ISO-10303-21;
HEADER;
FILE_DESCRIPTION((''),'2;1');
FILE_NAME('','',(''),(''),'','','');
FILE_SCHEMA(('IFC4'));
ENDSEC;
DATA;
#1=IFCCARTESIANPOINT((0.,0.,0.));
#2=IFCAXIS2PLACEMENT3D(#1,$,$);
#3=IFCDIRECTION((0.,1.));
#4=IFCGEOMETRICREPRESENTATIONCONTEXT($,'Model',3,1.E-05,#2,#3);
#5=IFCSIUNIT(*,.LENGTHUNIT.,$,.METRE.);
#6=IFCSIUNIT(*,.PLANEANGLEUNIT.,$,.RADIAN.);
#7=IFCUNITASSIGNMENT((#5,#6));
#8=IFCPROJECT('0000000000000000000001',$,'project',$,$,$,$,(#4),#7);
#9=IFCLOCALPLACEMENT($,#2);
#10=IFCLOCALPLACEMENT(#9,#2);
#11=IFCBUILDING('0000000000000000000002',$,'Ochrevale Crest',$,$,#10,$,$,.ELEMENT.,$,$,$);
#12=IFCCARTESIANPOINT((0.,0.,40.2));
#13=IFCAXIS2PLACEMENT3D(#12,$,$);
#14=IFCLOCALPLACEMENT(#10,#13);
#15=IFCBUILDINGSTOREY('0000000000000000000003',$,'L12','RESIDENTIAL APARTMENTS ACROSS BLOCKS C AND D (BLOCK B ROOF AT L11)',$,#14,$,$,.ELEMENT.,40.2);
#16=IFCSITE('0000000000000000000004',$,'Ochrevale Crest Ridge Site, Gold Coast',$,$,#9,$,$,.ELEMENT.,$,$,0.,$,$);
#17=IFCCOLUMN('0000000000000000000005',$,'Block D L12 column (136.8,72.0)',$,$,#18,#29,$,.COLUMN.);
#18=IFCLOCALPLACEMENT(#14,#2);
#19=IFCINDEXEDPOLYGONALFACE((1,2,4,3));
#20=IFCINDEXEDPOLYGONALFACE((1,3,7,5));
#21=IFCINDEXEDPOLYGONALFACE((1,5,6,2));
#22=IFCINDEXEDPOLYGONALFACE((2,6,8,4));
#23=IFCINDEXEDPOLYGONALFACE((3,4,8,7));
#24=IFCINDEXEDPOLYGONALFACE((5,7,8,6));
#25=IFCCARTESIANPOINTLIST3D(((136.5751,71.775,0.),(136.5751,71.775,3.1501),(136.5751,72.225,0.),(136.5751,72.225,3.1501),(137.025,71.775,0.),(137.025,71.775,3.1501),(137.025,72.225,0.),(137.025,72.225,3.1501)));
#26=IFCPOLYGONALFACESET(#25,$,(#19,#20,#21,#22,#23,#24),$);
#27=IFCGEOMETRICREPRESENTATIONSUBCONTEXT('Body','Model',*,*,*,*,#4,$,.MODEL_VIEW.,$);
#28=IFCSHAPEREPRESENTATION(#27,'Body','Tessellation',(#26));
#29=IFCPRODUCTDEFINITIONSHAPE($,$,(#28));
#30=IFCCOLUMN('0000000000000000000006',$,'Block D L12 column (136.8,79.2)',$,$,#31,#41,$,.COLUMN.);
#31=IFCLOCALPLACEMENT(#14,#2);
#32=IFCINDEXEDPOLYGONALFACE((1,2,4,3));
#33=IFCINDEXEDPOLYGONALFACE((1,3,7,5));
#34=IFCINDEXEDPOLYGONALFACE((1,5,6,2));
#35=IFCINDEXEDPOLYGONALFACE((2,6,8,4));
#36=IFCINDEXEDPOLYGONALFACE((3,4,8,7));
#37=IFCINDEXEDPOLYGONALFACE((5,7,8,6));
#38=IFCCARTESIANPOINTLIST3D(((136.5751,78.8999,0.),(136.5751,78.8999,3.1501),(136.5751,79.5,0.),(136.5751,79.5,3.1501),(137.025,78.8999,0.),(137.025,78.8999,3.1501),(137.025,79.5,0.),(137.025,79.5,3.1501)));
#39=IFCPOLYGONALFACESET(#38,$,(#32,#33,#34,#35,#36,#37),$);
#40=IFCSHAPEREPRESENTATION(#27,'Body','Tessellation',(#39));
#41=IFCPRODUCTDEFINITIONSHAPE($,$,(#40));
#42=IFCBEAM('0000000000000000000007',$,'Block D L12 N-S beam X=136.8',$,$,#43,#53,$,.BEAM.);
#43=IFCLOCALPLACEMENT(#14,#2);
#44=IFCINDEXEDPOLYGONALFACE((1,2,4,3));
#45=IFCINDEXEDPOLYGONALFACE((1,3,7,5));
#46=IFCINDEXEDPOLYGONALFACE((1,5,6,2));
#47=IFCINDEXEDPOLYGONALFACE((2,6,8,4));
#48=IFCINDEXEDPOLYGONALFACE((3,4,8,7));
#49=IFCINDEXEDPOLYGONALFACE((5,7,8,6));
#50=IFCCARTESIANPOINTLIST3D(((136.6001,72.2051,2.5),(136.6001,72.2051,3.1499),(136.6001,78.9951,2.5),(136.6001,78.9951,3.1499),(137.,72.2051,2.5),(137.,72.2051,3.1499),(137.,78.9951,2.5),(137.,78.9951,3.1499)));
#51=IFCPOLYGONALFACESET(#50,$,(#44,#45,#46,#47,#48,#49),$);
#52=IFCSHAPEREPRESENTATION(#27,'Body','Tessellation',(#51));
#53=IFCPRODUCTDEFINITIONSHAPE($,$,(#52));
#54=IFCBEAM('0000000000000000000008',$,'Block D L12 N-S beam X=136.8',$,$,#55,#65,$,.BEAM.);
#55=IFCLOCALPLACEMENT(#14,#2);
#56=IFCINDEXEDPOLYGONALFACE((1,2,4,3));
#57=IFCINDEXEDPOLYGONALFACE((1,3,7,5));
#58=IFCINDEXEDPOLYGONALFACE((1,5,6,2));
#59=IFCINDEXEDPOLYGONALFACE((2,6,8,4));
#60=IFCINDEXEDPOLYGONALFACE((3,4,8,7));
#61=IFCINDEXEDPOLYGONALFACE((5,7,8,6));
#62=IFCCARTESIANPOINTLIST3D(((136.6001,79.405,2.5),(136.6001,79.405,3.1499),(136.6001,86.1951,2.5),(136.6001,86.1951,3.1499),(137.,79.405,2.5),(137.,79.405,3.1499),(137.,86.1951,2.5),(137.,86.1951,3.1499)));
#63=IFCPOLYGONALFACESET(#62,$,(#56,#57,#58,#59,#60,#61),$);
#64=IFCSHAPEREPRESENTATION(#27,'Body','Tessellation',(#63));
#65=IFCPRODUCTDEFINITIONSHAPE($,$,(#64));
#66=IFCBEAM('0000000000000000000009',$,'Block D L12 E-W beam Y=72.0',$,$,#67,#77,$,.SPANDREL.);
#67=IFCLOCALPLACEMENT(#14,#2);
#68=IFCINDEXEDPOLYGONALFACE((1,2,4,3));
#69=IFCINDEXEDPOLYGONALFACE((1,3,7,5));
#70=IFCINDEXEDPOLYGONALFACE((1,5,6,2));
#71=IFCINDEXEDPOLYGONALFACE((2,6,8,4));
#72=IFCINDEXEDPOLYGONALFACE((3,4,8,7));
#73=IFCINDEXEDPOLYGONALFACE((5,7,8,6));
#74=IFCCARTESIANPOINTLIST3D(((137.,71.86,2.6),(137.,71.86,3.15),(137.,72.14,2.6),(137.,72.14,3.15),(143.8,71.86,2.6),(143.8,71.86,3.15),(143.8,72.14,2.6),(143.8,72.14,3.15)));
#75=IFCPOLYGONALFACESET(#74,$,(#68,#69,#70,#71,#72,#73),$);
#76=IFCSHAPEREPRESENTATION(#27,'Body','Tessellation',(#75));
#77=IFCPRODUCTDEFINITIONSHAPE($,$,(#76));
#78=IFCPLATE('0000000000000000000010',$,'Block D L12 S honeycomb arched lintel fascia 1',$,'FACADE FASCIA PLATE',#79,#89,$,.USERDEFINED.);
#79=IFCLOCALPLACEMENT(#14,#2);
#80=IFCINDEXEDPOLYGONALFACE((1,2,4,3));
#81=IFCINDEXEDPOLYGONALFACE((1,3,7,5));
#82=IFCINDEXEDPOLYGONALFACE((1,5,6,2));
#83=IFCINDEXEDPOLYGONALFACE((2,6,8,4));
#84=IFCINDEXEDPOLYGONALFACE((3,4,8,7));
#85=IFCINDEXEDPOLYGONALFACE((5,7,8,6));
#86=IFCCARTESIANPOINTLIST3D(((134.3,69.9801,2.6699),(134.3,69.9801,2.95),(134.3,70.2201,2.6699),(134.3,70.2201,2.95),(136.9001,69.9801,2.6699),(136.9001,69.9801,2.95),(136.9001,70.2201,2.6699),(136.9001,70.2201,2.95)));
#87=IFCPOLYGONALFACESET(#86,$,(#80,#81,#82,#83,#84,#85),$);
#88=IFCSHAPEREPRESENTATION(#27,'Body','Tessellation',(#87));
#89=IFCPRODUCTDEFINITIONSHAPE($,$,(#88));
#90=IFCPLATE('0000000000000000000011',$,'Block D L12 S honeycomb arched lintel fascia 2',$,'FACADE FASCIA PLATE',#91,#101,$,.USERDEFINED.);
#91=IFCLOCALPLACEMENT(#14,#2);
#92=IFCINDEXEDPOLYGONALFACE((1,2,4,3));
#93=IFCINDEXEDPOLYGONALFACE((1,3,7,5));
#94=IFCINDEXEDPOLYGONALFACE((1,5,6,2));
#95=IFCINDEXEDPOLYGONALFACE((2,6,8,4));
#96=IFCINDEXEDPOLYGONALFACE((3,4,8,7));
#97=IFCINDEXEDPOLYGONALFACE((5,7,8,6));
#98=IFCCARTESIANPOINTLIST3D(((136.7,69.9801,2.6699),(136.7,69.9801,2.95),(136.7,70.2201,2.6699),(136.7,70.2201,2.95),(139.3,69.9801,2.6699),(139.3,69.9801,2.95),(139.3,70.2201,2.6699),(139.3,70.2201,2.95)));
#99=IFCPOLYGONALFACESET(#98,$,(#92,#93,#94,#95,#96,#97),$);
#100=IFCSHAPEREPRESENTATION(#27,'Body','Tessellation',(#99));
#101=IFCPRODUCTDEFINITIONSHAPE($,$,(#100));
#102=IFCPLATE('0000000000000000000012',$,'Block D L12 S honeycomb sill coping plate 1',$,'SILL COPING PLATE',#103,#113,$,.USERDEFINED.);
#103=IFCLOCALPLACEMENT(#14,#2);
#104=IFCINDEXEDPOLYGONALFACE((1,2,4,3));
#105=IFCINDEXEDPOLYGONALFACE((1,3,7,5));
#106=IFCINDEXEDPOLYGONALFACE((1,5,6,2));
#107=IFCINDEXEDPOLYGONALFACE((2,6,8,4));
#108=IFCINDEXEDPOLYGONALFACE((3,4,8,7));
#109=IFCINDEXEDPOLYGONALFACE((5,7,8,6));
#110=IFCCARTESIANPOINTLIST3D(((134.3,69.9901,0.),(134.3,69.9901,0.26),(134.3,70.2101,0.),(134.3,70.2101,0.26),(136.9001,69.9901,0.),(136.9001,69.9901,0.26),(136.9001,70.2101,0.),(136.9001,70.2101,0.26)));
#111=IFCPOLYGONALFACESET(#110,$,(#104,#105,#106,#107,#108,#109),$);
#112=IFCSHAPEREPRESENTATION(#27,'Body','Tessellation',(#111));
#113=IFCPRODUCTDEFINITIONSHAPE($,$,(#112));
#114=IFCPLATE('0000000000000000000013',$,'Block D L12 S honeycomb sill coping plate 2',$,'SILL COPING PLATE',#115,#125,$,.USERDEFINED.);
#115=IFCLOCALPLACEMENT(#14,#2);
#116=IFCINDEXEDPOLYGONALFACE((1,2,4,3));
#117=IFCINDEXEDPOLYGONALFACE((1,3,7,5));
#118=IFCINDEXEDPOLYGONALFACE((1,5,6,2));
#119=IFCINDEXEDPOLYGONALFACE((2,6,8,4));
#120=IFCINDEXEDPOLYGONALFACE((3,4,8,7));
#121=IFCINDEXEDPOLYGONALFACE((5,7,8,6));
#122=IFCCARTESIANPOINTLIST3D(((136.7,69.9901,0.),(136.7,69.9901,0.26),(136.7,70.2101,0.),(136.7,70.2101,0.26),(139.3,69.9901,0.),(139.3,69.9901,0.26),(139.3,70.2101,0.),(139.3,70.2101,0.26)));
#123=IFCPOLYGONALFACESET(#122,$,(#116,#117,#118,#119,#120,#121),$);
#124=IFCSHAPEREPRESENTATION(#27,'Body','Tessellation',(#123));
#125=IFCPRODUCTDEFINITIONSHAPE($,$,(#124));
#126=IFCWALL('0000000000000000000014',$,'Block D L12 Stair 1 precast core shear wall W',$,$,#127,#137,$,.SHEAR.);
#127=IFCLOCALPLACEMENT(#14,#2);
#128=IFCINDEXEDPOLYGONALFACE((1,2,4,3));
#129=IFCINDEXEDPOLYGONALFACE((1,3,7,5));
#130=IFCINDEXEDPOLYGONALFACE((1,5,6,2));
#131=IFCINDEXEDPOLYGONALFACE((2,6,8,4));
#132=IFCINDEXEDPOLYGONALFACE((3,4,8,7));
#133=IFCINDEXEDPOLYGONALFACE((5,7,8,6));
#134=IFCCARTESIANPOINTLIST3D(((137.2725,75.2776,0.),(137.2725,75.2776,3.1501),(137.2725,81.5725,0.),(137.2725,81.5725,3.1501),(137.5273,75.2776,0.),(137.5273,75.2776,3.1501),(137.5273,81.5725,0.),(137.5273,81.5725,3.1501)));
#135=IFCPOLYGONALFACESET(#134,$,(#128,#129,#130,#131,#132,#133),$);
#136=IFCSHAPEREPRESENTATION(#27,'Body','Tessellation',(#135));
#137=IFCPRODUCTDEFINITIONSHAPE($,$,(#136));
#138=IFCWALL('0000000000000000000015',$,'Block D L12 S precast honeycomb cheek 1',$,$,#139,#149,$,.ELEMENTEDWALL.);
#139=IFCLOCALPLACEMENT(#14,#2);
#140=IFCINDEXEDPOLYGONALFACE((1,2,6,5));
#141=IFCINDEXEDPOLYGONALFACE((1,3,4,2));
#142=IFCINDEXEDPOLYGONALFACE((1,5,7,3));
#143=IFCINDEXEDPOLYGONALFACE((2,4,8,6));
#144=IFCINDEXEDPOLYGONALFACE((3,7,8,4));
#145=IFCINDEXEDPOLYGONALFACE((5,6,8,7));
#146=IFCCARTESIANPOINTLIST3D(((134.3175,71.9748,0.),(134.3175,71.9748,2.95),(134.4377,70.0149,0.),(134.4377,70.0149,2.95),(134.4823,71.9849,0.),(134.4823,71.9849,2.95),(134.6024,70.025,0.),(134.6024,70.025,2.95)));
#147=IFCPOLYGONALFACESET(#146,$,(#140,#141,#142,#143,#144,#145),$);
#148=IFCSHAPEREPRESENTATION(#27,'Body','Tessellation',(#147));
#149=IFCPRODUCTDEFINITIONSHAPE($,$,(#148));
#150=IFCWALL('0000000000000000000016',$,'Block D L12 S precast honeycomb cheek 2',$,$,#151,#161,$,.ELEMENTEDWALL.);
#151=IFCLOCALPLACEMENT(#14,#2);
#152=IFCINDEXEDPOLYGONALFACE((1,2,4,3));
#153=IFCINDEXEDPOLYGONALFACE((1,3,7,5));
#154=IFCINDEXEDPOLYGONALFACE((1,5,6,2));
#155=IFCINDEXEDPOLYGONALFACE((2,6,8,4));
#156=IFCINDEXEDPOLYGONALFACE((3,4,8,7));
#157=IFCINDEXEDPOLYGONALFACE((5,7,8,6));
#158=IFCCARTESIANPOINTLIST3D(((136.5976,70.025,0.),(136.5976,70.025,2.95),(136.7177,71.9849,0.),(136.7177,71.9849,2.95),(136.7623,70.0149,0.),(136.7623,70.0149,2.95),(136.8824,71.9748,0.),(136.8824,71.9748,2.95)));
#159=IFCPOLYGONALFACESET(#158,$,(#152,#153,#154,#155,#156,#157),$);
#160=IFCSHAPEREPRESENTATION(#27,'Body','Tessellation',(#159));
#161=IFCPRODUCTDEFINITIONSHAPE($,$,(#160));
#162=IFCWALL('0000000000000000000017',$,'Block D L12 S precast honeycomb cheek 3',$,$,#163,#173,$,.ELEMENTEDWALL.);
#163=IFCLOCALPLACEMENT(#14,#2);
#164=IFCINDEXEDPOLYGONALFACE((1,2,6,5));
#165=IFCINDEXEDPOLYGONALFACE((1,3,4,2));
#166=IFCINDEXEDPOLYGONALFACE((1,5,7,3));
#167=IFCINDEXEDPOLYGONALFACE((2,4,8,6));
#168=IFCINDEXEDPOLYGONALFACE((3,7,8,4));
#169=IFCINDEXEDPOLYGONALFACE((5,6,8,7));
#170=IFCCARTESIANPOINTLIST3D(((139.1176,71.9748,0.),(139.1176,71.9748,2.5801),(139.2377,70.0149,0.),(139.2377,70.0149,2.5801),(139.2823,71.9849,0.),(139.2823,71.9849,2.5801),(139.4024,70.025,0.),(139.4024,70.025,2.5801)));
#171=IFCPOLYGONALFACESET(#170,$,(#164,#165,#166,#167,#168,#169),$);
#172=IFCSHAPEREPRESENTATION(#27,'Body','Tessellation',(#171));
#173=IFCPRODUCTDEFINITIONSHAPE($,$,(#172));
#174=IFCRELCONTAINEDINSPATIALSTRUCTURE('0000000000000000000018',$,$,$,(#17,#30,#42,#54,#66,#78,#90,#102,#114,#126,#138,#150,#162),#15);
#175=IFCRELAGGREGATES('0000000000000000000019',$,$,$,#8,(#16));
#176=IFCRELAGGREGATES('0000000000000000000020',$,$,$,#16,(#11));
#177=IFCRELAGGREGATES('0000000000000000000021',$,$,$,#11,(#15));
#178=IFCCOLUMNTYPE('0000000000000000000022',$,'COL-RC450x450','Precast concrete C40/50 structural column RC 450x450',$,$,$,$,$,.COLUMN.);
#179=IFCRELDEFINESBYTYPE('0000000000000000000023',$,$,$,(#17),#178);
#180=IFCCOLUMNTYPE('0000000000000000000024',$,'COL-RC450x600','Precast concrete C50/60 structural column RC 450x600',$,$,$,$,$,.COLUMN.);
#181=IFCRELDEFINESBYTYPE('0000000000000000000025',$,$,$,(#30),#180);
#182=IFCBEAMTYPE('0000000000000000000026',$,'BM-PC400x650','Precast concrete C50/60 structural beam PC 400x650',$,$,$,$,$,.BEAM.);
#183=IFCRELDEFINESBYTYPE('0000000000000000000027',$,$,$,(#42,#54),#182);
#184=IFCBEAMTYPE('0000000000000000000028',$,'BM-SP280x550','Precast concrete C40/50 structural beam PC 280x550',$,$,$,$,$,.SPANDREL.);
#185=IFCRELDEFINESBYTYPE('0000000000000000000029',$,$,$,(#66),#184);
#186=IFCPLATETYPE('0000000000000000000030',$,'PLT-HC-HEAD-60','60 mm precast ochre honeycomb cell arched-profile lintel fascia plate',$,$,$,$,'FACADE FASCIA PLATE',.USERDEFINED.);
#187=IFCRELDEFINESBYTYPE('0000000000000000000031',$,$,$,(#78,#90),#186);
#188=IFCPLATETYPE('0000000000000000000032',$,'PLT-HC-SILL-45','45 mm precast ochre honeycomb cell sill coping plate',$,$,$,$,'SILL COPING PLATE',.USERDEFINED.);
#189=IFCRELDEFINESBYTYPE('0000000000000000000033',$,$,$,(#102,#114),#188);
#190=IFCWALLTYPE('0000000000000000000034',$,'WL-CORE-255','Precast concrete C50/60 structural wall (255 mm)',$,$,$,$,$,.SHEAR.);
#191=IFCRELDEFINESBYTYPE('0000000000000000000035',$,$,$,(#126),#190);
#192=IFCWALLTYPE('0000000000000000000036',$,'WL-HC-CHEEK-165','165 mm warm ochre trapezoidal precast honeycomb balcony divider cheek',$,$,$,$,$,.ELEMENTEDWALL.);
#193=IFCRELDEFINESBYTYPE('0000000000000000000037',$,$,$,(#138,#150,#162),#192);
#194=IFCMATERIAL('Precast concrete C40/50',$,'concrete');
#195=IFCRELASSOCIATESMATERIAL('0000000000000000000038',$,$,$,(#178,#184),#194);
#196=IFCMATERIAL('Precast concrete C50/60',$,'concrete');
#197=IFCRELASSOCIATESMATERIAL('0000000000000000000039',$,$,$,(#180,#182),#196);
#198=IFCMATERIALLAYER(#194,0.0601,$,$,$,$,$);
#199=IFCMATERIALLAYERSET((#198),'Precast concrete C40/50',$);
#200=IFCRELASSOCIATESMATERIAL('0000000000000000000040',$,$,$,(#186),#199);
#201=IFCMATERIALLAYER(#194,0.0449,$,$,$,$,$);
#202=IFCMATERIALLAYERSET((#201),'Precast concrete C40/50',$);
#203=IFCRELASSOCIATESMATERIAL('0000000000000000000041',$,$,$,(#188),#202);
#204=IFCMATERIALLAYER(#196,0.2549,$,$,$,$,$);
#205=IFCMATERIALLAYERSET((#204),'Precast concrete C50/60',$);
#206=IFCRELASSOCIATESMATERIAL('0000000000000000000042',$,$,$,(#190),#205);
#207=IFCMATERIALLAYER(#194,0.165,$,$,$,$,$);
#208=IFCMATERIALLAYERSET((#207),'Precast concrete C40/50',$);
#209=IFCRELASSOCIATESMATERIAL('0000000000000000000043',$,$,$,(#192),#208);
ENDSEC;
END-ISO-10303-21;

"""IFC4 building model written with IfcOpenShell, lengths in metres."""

from ifc_helpers import new_model, si_unit, direction, frame, frame_2d, origin, origin_2d, place, context, subcontext, project, spatial, rectangle, extrude, material, layer, layer_set, material_profile, profile_set, type_object, element, save


model = new_model("IFC4")

# Units and contexts
model_context = context("Model", 3, precision=1e-05, world=origin(), true_north=direction((0.0, 1.0)))
body_context = subcontext(model_context, "Body", "Model", "MODEL_VIEW")
ifc_project = project(units=[si_unit("LENGTHUNIT", "METRE"), si_unit("PLANEANGLEUNIT", "RADIAN")], contexts=[model_context])

# Site, building, storey
site_placement = place(None, origin())
site = spatial("IfcSite", under=ifc_project, at=site_placement, Name="Ochrevale Crest Ridge Site, Gold Coast", CompositionType="ELEMENT", RefElevation=0.0)
building_placement = place(site_placement, origin())
building = spatial("IfcBuilding", under=site, at=building_placement, Name="Ochrevale Crest", CompositionType="ELEMENT")
storey_placement = place(building_placement, frame((0.0, 0.0, 40.2)))
storey = spatial("IfcBuildingStorey", under=building, at=storey_placement, Name="L12", Description="RESIDENTIAL APARTMENTS ACROSS BLOCKS C AND D (BLOCK B ROOF AT L11)", CompositionType="ELEMENT", Elevation=40.2)

# Columns
ifc_material_1 = material(Name="Precast concrete C40/50", Category="concrete")
ifc_material_profile_1 = material_profile(ifc_material_1, rectangle(XDim=0.45, YDim=0.45, at=origin_2d()), Name="RC 450x450")
ifc_profile_set_1 = profile_set([ifc_material_profile_1], Name="Precast concrete C40/50")
column_type_1 = type_object("IfcColumnType", Name="COL-RC450x450", Description="Precast concrete C40/50 structural column RC 450x450", PredefinedType="COLUMN", material=ifc_profile_set_1)
column_1_placement = place(storey_placement, frame((136.8, 72.0, 0.0), z_axis=(0.0, 0.0, 1.0), x_axis=(1.0, 0.0, 0.0)))
element("IfcColumn", 1, at=column_1_placement, inside=storey, type_object=column_type_1, Name="Block D L12 column (136.8,72.0)", PredefinedType="COLUMN", context=body_context, shape_type="SweptSolid", body=[
    extrude(rectangle(XDim=0.45, YDim=0.45, at=origin_2d()), origin(), (0.0, 0.0, 1.0), 3.1501),
])
ifc_material_2 = material(Name="Precast concrete C50/60", Category="concrete")
ifc_material_profile_2 = material_profile(ifc_material_2, rectangle(XDim=0.45, YDim=0.6001, at=origin_2d()), Name="RC 450x600")
ifc_profile_set_2 = profile_set([ifc_material_profile_2], Name="Precast concrete C50/60")
column_type_2 = type_object("IfcColumnType", Name="COL-RC450x600", Description="Precast concrete C50/60 structural column RC 450x600", PredefinedType="COLUMN", material=ifc_profile_set_2)
column_2_placement = place(storey_placement, frame((136.8, 79.2, 0.0), z_axis=(0.0, 0.0, 1.0), x_axis=(1.0, 0.0, 0.0)))
element("IfcColumn", 2, at=column_2_placement, inside=storey, type_object=column_type_2, Name="Block D L12 column (136.8,79.2)", PredefinedType="COLUMN", context=body_context, shape_type="SweptSolid", body=[
    extrude(rectangle(XDim=0.45, YDim=0.6001, at=origin_2d()), origin(), (0.0, 0.0, 1.0), 3.1501),
])

# Beams
ifc_material_profile_3 = material_profile(ifc_material_2, rectangle(XDim=0.3999, YDim=0.6499, at=origin_2d()), Name="PC 400x650")
ifc_profile_set_3 = profile_set([ifc_material_profile_3], Name="Precast concrete C50/60")
beam_type_1 = type_object("IfcBeamType", Name="BM-PC400x650", Description="Precast concrete C50/60 structural beam PC 400x650", PredefinedType="BEAM", material=ifc_profile_set_3)
for number, where, z_axis, x_axis, name in (
    (3, (136.8, 72.2051, 2.825), (0.0, 1.0, 0.0), (-1.0, 0.0, 0.0), "Block D L12 N-S beam X=136.8"),
    (4, (136.8, 79.405, 2.825), (0.0, 1.0, 0.0), (-1.0, 0.0, 0.0), "Block D L12 N-S beam X=136.8"),
):
    element("IfcBeam", number, at=place(storey_placement, frame(where, z_axis=z_axis, x_axis=x_axis)), inside=storey, type_object=beam_type_1, Name=name, PredefinedType="BEAM", context=body_context, shape_type="SweptSolid", body=[
        extrude(rectangle(XDim=0.3999, YDim=0.6499, at=origin_2d()), origin(), (0.0, 0.0, 1.0), 6.79),
    ])
ifc_material_profile_4 = material_profile(ifc_material_1, rectangle(XDim=0.28, YDim=0.55, at=origin_2d()), Name="PC 280x550")
ifc_profile_set_4 = profile_set([ifc_material_profile_4], Name="Precast concrete C40/50")
beam_type_2 = type_object("IfcBeamType", Name="BM-SP280x550", Description="Precast concrete C40/50 structural beam PC 280x550", PredefinedType="SPANDREL", material=ifc_profile_set_4)
beam_placement = place(storey_placement, frame((137.0, 72.0, 2.875), z_axis=(1.0, 0.0, 0.0), x_axis=(0.0, 1.0, 0.0)))
element("IfcBeam", 5, at=beam_placement, inside=storey, type_object=beam_type_2, Name="Block D L12 E-W beam Y=72.0", PredefinedType="SPANDREL", context=body_context, shape_type="SweptSolid", body=[
    extrude(rectangle(XDim=0.28, YDim=0.55, at=origin_2d()), origin(), (0.0, 0.0, 1.0), 6.8),
])

# Plates
ifc_layer_1 = layer(ifc_material_1, 0.0601)
ifc_layer_set_1 = layer_set([ifc_layer_1], Name="Precast concrete C40/50")
plate_type_1 = type_object("IfcPlateType", Name="PLT-HC-HEAD-60", Description="60 mm precast ochre honeycomb cell arched-profile lintel fascia plate", ElementType="FACADE FASCIA PLATE", PredefinedType="USERDEFINED", material=ifc_layer_set_1)
for number, where, z_axis, x_axis, name in (
    (6, (135.6001, 70.1001, 2.6699), (0.0, 0.0, 1.0), (1.0, 0.0, 0.0), "Block D L12 S honeycomb arched lintel fascia 1"),
    (7, (138.0, 70.1001, 2.6699), (0.0, 0.0, 1.0), (1.0, 0.0, 0.0), "Block D L12 S honeycomb arched lintel fascia 2"),
):
    element("IfcPlate", number, at=place(storey_placement, frame(where, z_axis=z_axis, x_axis=x_axis)), inside=storey, type_object=plate_type_1, Name=name, ObjectType="FACADE FASCIA PLATE", PredefinedType="USERDEFINED", context=body_context, shape_type="SweptSolid", body=[
        extrude(rectangle(XDim=2.6001, YDim=0.24, at=origin_2d()), origin(), (0.0, 0.0, 1.0), 0.28),
    ])
ifc_layer_2 = layer(ifc_material_1, 0.0449)
ifc_layer_set_2 = layer_set([ifc_layer_2], Name="Precast concrete C40/50")
plate_type_2 = type_object("IfcPlateType", Name="PLT-HC-SILL-45", Description="45 mm precast ochre honeycomb cell sill coping plate", ElementType="SILL COPING PLATE", PredefinedType="USERDEFINED", material=ifc_layer_set_2)
for number, where, z_axis, x_axis, name in (
    (8, (135.6001, 70.1001, 0.0), (0.0, 0.0, 1.0), (1.0, 0.0, 0.0), "Block D L12 S honeycomb sill coping plate 1"),
    (9, (138.0, 70.1001, 0.0), (0.0, 0.0, 1.0), (1.0, 0.0, 0.0), "Block D L12 S honeycomb sill coping plate 2"),
):
    element("IfcPlate", number, at=place(storey_placement, frame(where, z_axis=z_axis, x_axis=x_axis)), inside=storey, type_object=plate_type_2, Name=name, ObjectType="SILL COPING PLATE", PredefinedType="USERDEFINED", context=body_context, shape_type="SweptSolid", body=[
        extrude(rectangle(XDim=2.6001, YDim=0.22, at=origin_2d()), origin(), (0.0, 0.0, 1.0), 0.26),
    ])

# Walls
ifc_layer_3 = layer(ifc_material_2, 0.2549)
ifc_layer_set_3 = layer_set([ifc_layer_3], Name="Precast concrete C50/60")
wall_type_1 = type_object("IfcWallType", Name="WL-CORE-255", Description="Precast concrete C50/60 structural wall (255 mm)", PredefinedType="SHEAR", material=ifc_layer_set_3)
wall_1_placement = place(storey_placement, frame((137.3999, 75.2776, 0.0), z_axis=(0.0, 0.0, 1.0), x_axis=(0.0, 1.0, 0.0)))
element("IfcWall", 10, at=wall_1_placement, inside=storey, type_object=wall_type_1, Name="Block D L12 Stair 1 precast core shear wall W", PredefinedType="SHEAR", context=body_context, shape_type="SweptSolid", body=[
    extrude(rectangle(XDim=6.2949, YDim=0.2549, at=frame_2d((3.1475, 0.0))), origin(), (0.0, 0.0, 1.0), 3.1501),
])
ifc_layer_4 = layer(ifc_material_1, 0.165)
ifc_layer_set_4 = layer_set([ifc_layer_4], Name="Precast concrete C40/50")
wall_type_2 = type_object("IfcWallType", Name="WL-HC-CHEEK-165", Description="165 mm warm ochre trapezoidal precast honeycomb balcony divider cheek", PredefinedType="ELEMENTEDWALL", material=ifc_layer_set_4)
for number, where, z_axis, x_axis, name in (
    (11, (134.3999, 71.98, 0.0), (0.0, 0.0, 1.0), (0.061171, -0.998127, 0.0), "Block D L12 S precast honeycomb cheek 1"),
    (12, (136.8, 71.98, 0.0), (0.0, 0.0, 1.0), (-0.061171, -0.998127, 0.0), "Block D L12 S precast honeycomb cheek 2"),
):
    element("IfcWall", number, at=place(storey_placement, frame(where, z_axis=z_axis, x_axis=x_axis)), inside=storey, type_object=wall_type_2, Name=name, PredefinedType="ELEMENTEDWALL", context=body_context, shape_type="SweptSolid", body=[
        extrude(rectangle(XDim=1.9636, YDim=0.165, at=frame_2d((0.9819, 0.0))), origin(), (0.0, 0.0, 1.0), 2.95),
    ])
wall_2_placement = place(storey_placement, frame((139.2, 71.98, 0.0), z_axis=(0.0, 0.0, 1.0), x_axis=(0.061171, -0.998127, 0.0)))
element("IfcWall", 13, at=wall_2_placement, inside=storey, type_object=wall_type_2, Name="Block D L12 S precast honeycomb cheek 3", PredefinedType="ELEMENTEDWALL", context=body_context, shape_type="SweptSolid", body=[
    extrude(rectangle(XDim=1.9636, YDim=0.165, at=frame_2d((0.9819, 0.0))), origin(), (0.0, 0.0, 1.0), 2.5801),
])

save(model, "model.ifc")
